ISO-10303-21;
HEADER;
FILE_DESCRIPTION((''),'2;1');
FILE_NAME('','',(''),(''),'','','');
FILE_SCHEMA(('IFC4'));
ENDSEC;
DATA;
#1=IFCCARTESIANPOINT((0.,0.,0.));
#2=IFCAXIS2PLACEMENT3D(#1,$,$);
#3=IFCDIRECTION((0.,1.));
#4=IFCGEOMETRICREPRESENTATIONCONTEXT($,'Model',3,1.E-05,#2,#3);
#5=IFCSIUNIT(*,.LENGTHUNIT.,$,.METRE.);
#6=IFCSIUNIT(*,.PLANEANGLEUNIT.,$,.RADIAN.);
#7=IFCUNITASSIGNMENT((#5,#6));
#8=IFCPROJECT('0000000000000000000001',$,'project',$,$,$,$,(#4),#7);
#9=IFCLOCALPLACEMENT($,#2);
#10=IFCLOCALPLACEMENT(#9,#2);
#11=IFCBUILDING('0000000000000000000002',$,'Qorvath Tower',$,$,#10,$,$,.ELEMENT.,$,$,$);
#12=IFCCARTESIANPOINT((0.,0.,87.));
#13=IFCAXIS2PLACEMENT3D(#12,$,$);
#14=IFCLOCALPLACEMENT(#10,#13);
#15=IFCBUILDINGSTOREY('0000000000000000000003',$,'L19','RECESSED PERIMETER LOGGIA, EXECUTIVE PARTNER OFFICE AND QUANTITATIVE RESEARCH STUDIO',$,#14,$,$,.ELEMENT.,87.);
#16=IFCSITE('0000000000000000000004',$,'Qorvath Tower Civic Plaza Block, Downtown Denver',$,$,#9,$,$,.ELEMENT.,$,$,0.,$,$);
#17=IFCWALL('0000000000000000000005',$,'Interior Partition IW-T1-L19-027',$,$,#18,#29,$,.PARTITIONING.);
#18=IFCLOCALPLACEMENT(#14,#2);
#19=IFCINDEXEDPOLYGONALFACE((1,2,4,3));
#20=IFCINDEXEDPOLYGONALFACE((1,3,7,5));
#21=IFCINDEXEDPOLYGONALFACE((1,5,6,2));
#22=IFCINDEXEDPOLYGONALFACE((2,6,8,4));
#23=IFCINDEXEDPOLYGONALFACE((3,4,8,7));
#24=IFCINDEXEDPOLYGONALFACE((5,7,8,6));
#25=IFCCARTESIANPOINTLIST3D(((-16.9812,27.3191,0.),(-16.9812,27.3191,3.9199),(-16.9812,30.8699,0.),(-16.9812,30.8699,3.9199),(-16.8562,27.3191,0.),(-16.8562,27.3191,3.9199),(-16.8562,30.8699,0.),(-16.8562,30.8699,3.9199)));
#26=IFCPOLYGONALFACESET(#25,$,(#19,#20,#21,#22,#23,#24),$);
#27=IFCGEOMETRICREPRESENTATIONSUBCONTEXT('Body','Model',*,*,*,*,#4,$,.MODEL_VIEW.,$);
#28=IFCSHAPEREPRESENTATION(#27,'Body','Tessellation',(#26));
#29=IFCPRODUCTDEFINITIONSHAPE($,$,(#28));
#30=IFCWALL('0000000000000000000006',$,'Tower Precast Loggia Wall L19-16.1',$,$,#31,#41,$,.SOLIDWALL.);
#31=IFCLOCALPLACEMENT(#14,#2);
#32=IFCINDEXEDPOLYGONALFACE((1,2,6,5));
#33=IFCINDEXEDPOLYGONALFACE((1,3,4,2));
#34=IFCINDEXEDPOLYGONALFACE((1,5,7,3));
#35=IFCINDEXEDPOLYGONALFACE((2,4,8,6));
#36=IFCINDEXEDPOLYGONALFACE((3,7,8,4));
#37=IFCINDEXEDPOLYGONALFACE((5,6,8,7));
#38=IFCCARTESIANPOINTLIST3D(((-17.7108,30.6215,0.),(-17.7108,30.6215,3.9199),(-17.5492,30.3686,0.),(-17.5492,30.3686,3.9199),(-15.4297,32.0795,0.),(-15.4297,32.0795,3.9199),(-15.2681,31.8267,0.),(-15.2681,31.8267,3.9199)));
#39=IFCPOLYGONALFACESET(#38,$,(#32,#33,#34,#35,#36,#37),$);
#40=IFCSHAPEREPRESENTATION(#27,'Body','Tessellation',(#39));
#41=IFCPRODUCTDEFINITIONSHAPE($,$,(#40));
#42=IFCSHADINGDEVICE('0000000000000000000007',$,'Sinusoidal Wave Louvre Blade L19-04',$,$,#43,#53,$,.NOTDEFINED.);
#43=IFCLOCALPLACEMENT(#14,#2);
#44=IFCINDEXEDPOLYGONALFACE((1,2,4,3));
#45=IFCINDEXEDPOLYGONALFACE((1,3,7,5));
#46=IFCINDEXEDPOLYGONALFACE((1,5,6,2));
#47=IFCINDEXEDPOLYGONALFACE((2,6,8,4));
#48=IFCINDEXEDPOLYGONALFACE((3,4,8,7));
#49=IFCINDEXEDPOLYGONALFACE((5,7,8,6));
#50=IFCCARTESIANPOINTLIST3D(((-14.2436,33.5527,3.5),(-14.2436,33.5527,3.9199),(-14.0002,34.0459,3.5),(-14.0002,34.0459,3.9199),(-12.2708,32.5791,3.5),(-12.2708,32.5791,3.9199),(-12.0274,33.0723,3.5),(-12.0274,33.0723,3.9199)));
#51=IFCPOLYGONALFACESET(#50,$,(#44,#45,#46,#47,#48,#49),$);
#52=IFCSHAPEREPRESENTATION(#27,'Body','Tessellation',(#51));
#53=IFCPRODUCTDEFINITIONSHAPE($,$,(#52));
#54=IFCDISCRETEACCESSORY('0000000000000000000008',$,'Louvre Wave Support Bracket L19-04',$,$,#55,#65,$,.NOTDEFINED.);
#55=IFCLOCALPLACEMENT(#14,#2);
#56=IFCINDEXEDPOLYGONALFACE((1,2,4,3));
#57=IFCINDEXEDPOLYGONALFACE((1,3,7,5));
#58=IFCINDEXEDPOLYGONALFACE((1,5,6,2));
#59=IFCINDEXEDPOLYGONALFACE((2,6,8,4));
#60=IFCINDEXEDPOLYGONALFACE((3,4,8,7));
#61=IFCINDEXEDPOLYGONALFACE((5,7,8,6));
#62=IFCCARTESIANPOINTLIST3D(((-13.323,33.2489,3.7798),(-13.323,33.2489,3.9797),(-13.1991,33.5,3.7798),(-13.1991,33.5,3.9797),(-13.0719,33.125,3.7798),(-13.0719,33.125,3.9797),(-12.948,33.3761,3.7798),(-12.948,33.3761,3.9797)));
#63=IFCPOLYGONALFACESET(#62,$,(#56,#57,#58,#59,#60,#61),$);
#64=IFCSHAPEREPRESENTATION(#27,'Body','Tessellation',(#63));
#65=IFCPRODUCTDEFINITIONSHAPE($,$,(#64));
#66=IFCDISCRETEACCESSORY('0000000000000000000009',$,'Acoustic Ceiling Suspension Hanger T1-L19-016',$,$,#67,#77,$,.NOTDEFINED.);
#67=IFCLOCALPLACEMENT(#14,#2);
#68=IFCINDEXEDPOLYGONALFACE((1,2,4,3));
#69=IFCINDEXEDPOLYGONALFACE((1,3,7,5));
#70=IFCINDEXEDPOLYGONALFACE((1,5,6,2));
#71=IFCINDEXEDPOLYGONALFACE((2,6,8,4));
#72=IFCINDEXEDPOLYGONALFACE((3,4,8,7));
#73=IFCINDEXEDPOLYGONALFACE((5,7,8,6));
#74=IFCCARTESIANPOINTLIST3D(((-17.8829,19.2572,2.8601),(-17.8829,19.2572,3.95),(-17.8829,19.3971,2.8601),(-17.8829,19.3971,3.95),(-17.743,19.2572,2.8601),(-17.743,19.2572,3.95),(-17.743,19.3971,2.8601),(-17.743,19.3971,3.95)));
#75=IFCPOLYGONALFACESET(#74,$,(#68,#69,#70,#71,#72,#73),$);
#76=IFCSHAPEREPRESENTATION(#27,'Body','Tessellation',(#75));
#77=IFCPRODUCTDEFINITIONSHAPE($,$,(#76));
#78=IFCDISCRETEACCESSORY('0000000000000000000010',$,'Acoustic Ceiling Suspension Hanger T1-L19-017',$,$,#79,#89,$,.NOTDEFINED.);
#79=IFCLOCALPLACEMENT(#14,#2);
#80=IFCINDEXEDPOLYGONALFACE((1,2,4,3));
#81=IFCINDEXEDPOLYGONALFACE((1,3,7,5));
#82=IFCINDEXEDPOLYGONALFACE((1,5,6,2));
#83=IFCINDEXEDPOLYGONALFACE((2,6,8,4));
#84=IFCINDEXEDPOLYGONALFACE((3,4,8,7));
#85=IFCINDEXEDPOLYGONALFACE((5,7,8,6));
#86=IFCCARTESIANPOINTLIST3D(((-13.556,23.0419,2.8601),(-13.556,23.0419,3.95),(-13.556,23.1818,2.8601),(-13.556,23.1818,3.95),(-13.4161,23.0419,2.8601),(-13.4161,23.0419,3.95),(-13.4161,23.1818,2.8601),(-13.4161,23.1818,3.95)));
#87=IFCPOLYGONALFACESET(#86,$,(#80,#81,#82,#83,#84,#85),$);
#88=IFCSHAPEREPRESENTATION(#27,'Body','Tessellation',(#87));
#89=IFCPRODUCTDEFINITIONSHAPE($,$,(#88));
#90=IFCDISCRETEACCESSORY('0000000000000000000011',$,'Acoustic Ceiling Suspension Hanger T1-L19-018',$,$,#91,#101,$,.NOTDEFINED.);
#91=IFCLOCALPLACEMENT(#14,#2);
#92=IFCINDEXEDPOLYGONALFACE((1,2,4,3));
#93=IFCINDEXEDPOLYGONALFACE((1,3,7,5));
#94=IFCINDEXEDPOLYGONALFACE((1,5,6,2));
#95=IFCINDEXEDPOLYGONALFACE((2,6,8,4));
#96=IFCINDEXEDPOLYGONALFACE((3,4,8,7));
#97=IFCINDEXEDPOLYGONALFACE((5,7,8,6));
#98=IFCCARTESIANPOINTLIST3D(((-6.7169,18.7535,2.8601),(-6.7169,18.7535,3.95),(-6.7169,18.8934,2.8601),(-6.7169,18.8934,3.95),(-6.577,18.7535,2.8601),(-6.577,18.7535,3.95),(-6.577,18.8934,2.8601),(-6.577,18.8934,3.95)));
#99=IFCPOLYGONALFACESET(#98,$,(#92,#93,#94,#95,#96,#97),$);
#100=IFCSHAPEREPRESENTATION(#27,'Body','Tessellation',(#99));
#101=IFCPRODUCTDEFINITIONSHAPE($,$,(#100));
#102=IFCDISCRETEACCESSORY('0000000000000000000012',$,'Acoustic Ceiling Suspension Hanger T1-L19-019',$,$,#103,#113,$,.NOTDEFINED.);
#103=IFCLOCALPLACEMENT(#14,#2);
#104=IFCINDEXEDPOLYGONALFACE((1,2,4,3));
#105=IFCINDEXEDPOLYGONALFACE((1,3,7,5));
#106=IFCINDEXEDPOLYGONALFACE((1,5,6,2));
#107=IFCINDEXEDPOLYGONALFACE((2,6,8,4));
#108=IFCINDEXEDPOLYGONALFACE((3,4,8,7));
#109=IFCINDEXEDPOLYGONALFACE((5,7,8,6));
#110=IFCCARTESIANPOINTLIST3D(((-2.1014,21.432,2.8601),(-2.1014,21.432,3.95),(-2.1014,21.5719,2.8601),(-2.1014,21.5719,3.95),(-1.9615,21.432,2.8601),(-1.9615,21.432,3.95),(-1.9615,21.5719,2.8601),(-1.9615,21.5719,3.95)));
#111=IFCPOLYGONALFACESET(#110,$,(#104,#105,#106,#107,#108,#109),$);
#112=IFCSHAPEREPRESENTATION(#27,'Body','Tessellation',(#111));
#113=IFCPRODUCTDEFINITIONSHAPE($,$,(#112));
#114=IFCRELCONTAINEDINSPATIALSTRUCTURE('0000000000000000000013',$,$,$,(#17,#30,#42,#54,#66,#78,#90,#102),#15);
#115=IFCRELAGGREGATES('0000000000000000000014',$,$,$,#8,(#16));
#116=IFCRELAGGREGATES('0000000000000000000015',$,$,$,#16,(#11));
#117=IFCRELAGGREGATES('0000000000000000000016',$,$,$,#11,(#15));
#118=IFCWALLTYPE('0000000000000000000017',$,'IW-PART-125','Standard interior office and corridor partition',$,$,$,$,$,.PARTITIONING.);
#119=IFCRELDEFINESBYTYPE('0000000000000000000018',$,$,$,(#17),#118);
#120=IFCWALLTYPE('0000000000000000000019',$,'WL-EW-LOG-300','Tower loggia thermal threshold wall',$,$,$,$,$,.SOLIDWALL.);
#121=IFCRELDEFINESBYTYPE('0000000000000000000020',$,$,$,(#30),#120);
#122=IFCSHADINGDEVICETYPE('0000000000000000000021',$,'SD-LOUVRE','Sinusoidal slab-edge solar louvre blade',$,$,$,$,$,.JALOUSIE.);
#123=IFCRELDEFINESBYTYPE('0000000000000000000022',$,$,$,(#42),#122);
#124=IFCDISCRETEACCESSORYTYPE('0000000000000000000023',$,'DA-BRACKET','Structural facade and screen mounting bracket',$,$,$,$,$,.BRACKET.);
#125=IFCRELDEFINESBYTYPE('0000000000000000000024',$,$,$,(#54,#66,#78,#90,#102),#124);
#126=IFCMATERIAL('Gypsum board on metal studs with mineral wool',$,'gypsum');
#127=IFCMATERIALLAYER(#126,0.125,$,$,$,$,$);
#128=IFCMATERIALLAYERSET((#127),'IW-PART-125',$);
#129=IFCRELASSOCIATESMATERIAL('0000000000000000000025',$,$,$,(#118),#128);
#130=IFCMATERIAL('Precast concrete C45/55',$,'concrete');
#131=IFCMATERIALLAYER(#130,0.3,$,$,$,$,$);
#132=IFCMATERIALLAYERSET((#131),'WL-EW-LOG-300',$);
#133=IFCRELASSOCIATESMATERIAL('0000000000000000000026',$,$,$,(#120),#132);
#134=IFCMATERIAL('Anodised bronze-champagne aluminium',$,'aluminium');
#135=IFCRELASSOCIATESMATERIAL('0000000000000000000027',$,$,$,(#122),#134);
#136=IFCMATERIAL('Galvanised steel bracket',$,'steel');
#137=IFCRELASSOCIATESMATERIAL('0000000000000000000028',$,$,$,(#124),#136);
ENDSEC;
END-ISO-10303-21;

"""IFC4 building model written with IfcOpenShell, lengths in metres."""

from ifc_helpers import new_model, si_unit, direction, frame, frame_2d, origin, origin_2d, place, context, subcontext, project, spatial, rectangle, extrude, material, layer, layer_set, type_object, element, save


model = new_model("IFC4")

# Units and contexts
model_context = context("Model", 3, precision=1e-05, world=origin(), true_north=direction((0.0, 1.0)))
body_context = subcontext(model_context, "Body", "Model", "MODEL_VIEW")
ifc_project = project(units=[si_unit("LENGTHUNIT", "METRE"), si_unit("PLANEANGLEUNIT", "RADIAN")], contexts=[model_context])

# Site, building, storey
site_placement = place(None, origin())
site = spatial("IfcSite", under=ifc_project, at=site_placement, Name="Qorvath Tower Civic Plaza Block, Downtown Denver", CompositionType="ELEMENT", RefElevation=0.0)
building_placement = place(site_placement, origin())
building = spatial("IfcBuilding", under=site, at=building_placement, Name="Qorvath Tower", CompositionType="ELEMENT")
storey_placement = place(building_placement, frame((0.0, 0.0, 87.0)))
storey = spatial("IfcBuildingStorey", under=building, at=storey_placement, Name="L19", Description="RECESSED PERIMETER LOGGIA, EXECUTIVE PARTNER OFFICE AND QUANTITATIVE RESEARCH STUDIO", CompositionType="ELEMENT", Elevation=87.0)

# Walls
ifc_material_1 = material(Name="Gypsum board on metal studs with mineral wool", Category="gypsum")
ifc_layer_1 = layer(ifc_material_1, 0.125)
ifc_layer_set_1 = layer_set([ifc_layer_1], Name="IW-PART-125")
wall_type_1 = type_object("IfcWallType", Name="IW-PART-125", Description="Standard interior office and corridor partition", PredefinedType="PARTITIONING", material=ifc_layer_set_1)
wall_1_placement = place(storey_placement, frame((-16.9187, 27.3191, 0.0), z_axis=(0.0, 0.0, 1.0), x_axis=(0.0, 1.0, 0.0)))
element("IfcWall", 1, at=wall_1_placement, inside=storey, type_object=wall_type_1, Name="Interior Partition IW-T1-L19-027", PredefinedType="PARTITIONING", context=body_context, shape_type="SweptSolid", body=[
    extrude(rectangle(XDim=3.5508, YDim=0.125, at=frame_2d((1.7754, 0.0))), origin(), (0.0, 0.0, 1.0), 3.9199),
])
ifc_material_2 = material(Name="Precast concrete C45/55", Category="concrete")
ifc_layer_2 = layer(ifc_material_2, 0.3)
ifc_layer_set_2 = layer_set([ifc_layer_2], Name="WL-EW-LOG-300")
wall_type_2 = type_object("IfcWallType", Name="WL-EW-LOG-300", Description="Tower loggia thermal threshold wall", PredefinedType="SOLIDWALL", material=ifc_layer_set_2)
wall_2_placement = place(storey_placement, frame((-17.6299, 30.4951, 0.0), z_axis=(0.0, 0.0, 1.0), x_axis=(0.842579, 0.538572, 0.0)))
element("IfcWall", 2, at=wall_2_placement, inside=storey, type_object=wall_type_2, Name="Tower Precast Loggia Wall L19-16.1", PredefinedType="SOLIDWALL", context=body_context, shape_type="SweptSolid", body=[
    extrude(rectangle(XDim=2.7073, YDim=0.3, at=frame_2d((1.3535, 0.0))), origin(), (0.0, 0.0, 1.0), 3.9199),
])

# Shading device
ifc_material_3 = material(Name="Anodised bronze-champagne aluminium", Category="aluminium")
shading_device_type = type_object("IfcShadingDeviceType", Name="SD-LOUVRE", Description="Sinusoidal slab-edge solar louvre blade", PredefinedType="JALOUSIE", material=ifc_material_3)
shading_device_placement = place(storey_placement, frame((-13.1355, 33.3125, 3.5), z_axis=(0.0, 0.0, 1.0), x_axis=(-0.896743, 0.442552, 0.0)))
element("IfcShadingDevice", 3, at=shading_device_placement, inside=storey, type_object=shading_device_type, Name="Sinusoidal Wave Louvre Blade L19-04", PredefinedType="NOTDEFINED", context=body_context, shape_type="SweptSolid", body=[
    extrude(rectangle(XDim=2.2, YDim=0.55, at=origin_2d()), origin(), (0.0, 0.0, 1.0), 0.4199),
])

# Discrete accessories
ifc_material_4 = material(Name="Galvanised steel bracket", Category="steel")
discrete_accessory_type = type_object("IfcDiscreteAccessoryType", Name="DA-BRACKET", Description="Structural facade and screen mounting bracket", PredefinedType="BRACKET", material=ifc_material_4)
discrete_accessory_placement = place(storey_placement, frame((-13.1355, 33.3125, 3.7798), z_axis=(0.0, 0.0, 1.0), x_axis=(-0.896743, 0.442552, 0.0)))
element("IfcDiscreteAccessory", 4, at=discrete_accessory_placement, inside=storey, type_object=discrete_accessory_type, Name="Louvre Wave Support Bracket L19-04", PredefinedType="NOTDEFINED", context=body_context, shape_type="SweptSolid", body=[
    extrude(rectangle(XDim=0.28, YDim=0.28, at=origin_2d()), origin(), (0.0, 0.0, 1.0), 0.2),
])
for number, where, z_axis, x_axis, name in (
    (5, (-17.813, 19.3271, 2.8601), (0.0, 0.0, 1.0), (1.0, 0.0, 0.0), "Acoustic Ceiling Suspension Hanger T1-L19-016"),
    (6, (-13.4861, 23.1118, 2.8601), (0.0, 0.0, 1.0), (1.0, 0.0, 0.0), "Acoustic Ceiling Suspension Hanger T1-L19-017"),
    (7, (-6.647, 18.8235, 2.8601), (0.0, 0.0, 1.0), (1.0, 0.0, 0.0), "Acoustic Ceiling Suspension Hanger T1-L19-018"),
    (8, (-2.0315, 21.502, 2.8601), (0.0, 0.0, 1.0), (1.0, 0.0, 0.0), "Acoustic Ceiling Suspension Hanger T1-L19-019"),
):
    element("IfcDiscreteAccessory", number, at=place(storey_placement, frame(where, z_axis=z_axis, x_axis=x_axis)), inside=storey, type_object=discrete_accessory_type, Name=name, PredefinedType="NOTDEFINED", context=body_context, shape_type="SweptSolid", body=[
        extrude(rectangle(XDim=0.1399, YDim=0.1399, at=origin_2d()), origin(), (0.0, 0.0, 1.0), 1.0898),
    ])

save(model, "model.ifc")
